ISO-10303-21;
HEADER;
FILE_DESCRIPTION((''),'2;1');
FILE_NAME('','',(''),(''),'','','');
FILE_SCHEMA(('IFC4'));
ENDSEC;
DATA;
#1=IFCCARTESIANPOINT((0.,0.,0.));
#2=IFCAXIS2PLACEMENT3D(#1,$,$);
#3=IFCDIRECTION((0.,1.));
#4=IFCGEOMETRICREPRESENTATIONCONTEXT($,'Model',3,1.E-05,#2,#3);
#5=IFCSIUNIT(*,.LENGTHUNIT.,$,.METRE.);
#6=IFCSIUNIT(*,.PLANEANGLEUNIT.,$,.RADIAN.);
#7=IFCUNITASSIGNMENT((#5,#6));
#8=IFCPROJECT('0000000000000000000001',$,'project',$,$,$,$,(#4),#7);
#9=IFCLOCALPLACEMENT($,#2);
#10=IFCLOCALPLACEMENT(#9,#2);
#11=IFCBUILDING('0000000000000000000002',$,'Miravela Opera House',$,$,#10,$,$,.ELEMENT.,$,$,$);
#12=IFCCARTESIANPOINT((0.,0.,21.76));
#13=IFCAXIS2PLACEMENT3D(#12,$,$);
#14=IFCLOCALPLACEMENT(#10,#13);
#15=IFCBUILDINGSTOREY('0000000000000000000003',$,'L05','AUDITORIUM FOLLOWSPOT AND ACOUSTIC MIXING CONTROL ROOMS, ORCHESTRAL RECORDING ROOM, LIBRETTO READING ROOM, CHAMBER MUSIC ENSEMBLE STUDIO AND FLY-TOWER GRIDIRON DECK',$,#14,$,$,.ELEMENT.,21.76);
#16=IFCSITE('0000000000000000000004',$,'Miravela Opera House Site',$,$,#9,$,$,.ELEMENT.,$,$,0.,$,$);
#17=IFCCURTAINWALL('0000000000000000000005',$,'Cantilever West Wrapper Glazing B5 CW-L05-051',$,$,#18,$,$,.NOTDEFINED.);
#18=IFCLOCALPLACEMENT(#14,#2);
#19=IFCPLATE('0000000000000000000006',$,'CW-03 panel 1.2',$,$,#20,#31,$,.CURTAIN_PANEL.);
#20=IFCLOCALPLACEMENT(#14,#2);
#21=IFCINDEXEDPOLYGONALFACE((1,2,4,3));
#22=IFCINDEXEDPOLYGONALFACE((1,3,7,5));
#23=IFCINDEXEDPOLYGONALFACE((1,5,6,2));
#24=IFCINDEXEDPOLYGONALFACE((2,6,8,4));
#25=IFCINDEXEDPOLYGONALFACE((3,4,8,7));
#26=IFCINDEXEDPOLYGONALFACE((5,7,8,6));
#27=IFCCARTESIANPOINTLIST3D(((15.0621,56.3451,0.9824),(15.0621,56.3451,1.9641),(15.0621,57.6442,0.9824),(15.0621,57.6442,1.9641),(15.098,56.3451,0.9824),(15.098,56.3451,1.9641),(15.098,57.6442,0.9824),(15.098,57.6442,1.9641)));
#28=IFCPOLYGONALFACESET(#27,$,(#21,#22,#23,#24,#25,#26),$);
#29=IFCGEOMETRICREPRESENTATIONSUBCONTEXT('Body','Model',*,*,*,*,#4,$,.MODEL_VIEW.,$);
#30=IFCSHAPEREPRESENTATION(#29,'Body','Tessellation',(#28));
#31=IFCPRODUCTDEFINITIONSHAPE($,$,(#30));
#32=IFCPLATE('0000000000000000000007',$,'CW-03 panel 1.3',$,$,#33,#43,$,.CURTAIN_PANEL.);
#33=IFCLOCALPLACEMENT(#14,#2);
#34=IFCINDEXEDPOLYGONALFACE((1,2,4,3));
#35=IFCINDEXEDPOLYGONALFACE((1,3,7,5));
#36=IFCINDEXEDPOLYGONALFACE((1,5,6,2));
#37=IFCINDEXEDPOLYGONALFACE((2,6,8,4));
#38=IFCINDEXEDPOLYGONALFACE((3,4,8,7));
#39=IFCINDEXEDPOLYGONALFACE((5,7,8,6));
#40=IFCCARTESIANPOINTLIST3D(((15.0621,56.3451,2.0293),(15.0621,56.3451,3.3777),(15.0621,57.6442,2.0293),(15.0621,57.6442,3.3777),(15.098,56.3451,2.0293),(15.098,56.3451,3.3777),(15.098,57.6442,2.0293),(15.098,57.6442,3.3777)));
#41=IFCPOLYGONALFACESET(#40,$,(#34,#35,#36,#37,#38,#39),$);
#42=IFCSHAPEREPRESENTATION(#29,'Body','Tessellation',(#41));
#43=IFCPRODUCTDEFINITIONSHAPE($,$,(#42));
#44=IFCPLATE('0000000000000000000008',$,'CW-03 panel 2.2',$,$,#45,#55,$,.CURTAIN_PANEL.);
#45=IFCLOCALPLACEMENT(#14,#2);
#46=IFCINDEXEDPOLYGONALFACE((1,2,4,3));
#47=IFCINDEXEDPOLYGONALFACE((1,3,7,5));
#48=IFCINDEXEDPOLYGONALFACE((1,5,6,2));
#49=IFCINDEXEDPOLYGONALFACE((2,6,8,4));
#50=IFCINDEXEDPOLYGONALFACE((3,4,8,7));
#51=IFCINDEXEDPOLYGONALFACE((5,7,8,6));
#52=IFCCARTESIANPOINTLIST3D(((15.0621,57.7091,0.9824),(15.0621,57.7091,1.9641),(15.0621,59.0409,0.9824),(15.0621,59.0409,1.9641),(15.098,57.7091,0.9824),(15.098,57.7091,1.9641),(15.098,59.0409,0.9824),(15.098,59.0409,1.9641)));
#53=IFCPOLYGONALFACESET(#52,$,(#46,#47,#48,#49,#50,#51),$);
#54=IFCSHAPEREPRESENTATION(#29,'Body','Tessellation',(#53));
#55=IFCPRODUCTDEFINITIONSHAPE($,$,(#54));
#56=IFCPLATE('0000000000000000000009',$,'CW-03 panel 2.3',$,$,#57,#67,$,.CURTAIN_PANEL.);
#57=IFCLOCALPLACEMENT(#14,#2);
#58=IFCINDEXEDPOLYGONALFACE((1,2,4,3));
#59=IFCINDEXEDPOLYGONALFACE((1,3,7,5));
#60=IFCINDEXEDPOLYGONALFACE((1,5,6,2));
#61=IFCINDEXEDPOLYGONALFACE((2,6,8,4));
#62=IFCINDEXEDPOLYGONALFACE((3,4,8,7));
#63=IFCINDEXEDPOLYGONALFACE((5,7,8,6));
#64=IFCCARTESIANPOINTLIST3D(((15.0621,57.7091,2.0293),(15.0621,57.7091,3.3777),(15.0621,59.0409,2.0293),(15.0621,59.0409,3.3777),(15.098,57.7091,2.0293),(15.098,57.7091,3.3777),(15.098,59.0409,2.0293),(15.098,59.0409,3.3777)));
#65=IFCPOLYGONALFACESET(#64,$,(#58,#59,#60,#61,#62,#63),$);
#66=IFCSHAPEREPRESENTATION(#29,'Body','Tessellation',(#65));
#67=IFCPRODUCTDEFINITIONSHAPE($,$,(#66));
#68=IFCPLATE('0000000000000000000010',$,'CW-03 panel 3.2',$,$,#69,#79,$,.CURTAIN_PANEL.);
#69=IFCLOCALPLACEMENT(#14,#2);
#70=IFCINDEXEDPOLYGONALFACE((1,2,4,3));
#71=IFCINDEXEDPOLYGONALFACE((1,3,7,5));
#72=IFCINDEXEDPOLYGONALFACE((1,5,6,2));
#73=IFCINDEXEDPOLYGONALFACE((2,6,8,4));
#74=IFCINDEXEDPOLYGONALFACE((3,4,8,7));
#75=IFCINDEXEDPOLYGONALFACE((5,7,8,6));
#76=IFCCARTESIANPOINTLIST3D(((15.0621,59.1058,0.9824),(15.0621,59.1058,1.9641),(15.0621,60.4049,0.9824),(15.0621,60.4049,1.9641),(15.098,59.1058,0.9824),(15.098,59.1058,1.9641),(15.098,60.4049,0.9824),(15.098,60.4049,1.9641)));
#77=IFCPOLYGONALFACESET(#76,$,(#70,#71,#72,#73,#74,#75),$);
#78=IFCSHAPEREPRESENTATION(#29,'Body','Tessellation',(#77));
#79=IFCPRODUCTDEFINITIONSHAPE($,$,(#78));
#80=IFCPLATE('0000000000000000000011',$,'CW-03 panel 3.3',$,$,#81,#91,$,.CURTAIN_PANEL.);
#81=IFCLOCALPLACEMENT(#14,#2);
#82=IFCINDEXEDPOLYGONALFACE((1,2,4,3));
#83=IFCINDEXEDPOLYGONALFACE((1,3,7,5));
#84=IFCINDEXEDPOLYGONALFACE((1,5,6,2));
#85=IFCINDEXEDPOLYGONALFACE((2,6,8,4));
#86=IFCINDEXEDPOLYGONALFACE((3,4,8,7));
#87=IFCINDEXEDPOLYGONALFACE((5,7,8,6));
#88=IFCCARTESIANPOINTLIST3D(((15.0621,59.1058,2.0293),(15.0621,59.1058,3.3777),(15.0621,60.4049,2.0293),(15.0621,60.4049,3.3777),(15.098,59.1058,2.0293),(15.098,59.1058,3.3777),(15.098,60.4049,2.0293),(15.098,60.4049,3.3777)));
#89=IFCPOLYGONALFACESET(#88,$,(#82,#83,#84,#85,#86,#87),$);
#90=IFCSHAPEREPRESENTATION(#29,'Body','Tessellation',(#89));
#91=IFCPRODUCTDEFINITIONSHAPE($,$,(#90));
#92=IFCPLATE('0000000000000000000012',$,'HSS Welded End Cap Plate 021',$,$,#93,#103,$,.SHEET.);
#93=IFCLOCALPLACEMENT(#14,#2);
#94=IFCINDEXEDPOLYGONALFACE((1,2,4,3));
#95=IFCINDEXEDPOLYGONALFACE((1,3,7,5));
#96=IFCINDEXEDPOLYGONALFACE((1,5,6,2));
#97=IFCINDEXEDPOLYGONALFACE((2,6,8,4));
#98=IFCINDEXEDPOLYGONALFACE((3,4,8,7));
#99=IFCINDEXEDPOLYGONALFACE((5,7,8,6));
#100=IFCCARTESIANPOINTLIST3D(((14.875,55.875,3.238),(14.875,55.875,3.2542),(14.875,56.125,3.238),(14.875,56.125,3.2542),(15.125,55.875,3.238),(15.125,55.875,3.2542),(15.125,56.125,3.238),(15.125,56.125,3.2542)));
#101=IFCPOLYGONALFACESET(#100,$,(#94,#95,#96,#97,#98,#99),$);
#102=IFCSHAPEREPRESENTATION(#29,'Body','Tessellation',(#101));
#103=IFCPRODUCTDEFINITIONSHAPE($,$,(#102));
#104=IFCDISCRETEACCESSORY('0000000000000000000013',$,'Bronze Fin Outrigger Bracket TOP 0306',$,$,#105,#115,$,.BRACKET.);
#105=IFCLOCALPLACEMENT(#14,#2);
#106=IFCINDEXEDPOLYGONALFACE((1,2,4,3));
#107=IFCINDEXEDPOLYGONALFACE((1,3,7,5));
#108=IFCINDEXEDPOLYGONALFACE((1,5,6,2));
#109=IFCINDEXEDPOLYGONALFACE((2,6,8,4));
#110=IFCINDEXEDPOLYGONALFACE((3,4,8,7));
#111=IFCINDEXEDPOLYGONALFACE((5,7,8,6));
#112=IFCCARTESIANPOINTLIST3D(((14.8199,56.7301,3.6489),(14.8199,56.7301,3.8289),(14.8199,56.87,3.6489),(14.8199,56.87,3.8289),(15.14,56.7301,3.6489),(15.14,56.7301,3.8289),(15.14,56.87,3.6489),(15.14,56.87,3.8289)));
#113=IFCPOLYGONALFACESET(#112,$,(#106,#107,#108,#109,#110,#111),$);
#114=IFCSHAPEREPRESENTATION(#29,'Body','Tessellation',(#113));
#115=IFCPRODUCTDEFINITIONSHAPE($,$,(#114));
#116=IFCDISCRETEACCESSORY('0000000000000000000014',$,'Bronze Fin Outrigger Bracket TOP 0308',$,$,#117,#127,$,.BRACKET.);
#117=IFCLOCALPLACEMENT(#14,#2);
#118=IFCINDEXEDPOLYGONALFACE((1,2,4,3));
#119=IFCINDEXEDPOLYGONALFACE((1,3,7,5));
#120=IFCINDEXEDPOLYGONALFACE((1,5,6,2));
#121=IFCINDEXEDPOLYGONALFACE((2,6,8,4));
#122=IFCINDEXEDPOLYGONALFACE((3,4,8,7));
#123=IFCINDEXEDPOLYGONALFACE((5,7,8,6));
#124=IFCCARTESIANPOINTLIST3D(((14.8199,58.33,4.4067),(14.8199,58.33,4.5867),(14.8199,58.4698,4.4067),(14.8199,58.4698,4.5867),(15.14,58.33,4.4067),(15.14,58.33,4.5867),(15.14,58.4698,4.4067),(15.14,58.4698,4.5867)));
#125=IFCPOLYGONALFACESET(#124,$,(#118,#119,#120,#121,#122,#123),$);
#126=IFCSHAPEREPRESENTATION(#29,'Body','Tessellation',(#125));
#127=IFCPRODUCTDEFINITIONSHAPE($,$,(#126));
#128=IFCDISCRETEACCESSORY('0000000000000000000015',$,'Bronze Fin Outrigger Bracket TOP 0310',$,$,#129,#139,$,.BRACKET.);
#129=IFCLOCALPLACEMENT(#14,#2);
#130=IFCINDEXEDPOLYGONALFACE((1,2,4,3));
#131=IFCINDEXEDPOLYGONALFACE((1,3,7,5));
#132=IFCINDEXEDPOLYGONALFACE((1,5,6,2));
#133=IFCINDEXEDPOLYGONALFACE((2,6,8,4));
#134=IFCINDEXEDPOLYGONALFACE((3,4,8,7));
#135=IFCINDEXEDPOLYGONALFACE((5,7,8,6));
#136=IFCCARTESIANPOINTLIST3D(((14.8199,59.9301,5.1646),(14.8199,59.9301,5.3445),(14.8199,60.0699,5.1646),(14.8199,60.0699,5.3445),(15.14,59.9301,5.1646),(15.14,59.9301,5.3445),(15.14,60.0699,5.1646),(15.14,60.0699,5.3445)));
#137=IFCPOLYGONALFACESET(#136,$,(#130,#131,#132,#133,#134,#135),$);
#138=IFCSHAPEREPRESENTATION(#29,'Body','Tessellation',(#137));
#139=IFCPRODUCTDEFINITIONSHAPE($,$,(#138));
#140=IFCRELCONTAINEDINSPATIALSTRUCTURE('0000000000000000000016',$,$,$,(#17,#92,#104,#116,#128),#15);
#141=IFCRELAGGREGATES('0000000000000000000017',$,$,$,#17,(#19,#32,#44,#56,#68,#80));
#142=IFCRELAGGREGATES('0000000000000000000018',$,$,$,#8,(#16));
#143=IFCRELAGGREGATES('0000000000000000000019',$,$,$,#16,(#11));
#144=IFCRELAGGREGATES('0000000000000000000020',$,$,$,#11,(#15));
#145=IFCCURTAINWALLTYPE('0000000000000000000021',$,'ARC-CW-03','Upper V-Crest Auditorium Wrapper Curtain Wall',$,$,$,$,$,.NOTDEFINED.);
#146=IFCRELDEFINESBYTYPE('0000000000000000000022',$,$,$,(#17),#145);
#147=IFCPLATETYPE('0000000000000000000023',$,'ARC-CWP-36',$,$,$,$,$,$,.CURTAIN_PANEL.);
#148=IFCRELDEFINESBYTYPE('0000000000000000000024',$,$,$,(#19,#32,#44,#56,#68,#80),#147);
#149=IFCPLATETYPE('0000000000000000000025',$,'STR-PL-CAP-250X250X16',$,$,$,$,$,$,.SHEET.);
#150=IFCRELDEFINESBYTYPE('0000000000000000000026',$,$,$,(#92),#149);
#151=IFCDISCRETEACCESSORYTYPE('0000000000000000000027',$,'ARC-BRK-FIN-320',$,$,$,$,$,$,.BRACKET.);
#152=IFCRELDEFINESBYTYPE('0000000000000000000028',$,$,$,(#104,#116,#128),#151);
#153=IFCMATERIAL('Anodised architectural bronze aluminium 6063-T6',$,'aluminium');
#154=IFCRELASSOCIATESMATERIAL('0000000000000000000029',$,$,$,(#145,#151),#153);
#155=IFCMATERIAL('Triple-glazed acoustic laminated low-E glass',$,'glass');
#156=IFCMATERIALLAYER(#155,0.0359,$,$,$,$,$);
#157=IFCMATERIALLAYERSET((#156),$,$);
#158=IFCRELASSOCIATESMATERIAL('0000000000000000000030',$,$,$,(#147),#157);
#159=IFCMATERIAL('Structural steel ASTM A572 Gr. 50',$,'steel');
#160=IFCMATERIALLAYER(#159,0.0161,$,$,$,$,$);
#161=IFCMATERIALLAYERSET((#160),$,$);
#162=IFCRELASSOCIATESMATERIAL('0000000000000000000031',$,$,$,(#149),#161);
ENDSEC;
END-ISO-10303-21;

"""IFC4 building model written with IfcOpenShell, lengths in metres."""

from ifc_helpers import new_model, si_unit, direction, frame, origin, origin_2d, place, context, subcontext, project, spatial, rectangle, extrude, material, layer, layer_set, type_object, element, aggregate, save


model = new_model("IFC4")

# Units and contexts
model_context = context("Model", 3, precision=1e-05, world=origin(), true_north=direction((0.0, 1.0)))
body_context = subcontext(model_context, "Body", "Model", "MODEL_VIEW")
ifc_project = project(units=[si_unit("LENGTHUNIT", "METRE"), si_unit("PLANEANGLEUNIT", "RADIAN")], contexts=[model_context])

# Site, building, storey
site_placement = place(None, origin())
site = spatial("IfcSite", under=ifc_project, at=site_placement, Name="Miravela Opera House Site", CompositionType="ELEMENT", RefElevation=0.0)
building_placement = place(site_placement, origin())
building = spatial("IfcBuilding", under=site, at=building_placement, Name="Miravela Opera House", CompositionType="ELEMENT")
storey_placement = place(building_placement, frame((0.0, 0.0, 21.76)))
storey = spatial("IfcBuildingStorey", under=building, at=storey_placement, Name="L05", Description="AUDITORIUM FOLLOWSPOT AND ACOUSTIC MIXING CONTROL ROOMS, ORCHESTRAL RECORDING ROOM, LIBRETTO READING ROOM, CHAMBER MUSIC ENSEMBLE STUDIO AND FLY-TOWER GRIDIRON DECK", CompositionType="ELEMENT", Elevation=21.76)

# Curtain wall
ifc_material_1 = material(Name="Anodised architectural bronze aluminium 6063-T6", Category="aluminium")
curtain_wall_type = type_object("IfcCurtainWallType", Name="ARC-CW-03", Description="Upper V-Crest Auditorium Wrapper Curtain Wall", PredefinedType="NOTDEFINED", material=ifc_material_1)
curtain_wall_1_placement = place(storey_placement, origin())
curtain_wall_1 = element("IfcCurtainWall", 1, at=curtain_wall_1_placement, inside=storey, type_object=curtain_wall_type, Name="Cantilever West Wrapper Glazing B5 CW-L05-051", PredefinedType="NOTDEFINED")

# Plates
ifc_material_2 = material(Name="Triple-glazed acoustic laminated low-E glass", Category="glass")
ifc_layer_1 = layer(ifc_material_2, 0.0359)
ifc_layer_set_1 = layer_set([ifc_layer_1])
plate_type_1 = type_object("IfcPlateType", Name="ARC-CWP-36", PredefinedType="CURTAIN_PANEL", material=ifc_layer_set_1)
plate_1_placement = place(storey_placement, frame((15.0801, 56.9946, 0.9824), z_axis=(0.0, 0.0, 1.0), x_axis=(0.0, 1.0, 0.0)))
plate_1 = element("IfcPlate", 2, at=plate_1_placement, type_object=plate_type_1, Name="CW-03 panel 1.2", PredefinedType="CURTAIN_PANEL", context=body_context, shape_type="SweptSolid", body=[
    extrude(rectangle(XDim=1.2991, YDim=0.0359, at=origin_2d()), origin(), (0.0, 0.0, 1.0), 0.9817),
])
plate_2_placement = place(storey_placement, frame((15.0801, 56.9946, 2.0293), z_axis=(0.0, 0.0, 1.0), x_axis=(0.0, 1.0, 0.0)))
plate_2 = element("IfcPlate", 3, at=plate_2_placement, type_object=plate_type_1, Name="CW-03 panel 1.3", PredefinedType="CURTAIN_PANEL", context=body_context, shape_type="SweptSolid", body=[
    extrude(rectangle(XDim=1.2991, YDim=0.0359, at=origin_2d()), origin(), (0.0, 0.0, 1.0), 1.3484),
])
plate_3_placement = place(storey_placement, frame((15.0801, 58.375, 0.9824), z_axis=(0.0, 0.0, 1.0), x_axis=(0.0, 1.0, 0.0)))
plate_3 = element("IfcPlate", 4, at=plate_3_placement, type_object=plate_type_1, Name="CW-03 panel 2.2", PredefinedType="CURTAIN_PANEL", context=body_context, shape_type="SweptSolid", body=[
    extrude(rectangle(XDim=1.3318, YDim=0.0359, at=origin_2d()), origin(), (0.0, 0.0, 1.0), 0.9817),
])
plate_4_placement = place(storey_placement, frame((15.0801, 58.375, 2.0293), z_axis=(0.0, 0.0, 1.0), x_axis=(0.0, 1.0, 0.0)))
plate_4 = element("IfcPlate", 5, at=plate_4_placement, type_object=plate_type_1, Name="CW-03 panel 2.3", PredefinedType="CURTAIN_PANEL", context=body_context, shape_type="SweptSolid", body=[
    extrude(rectangle(XDim=1.3318, YDim=0.0359, at=origin_2d()), origin(), (0.0, 0.0, 1.0), 1.3484),
])
plate_5_placement = place(storey_placement, frame((15.0801, 59.7554, 0.9824), z_axis=(0.0, 0.0, 1.0), x_axis=(0.0, 1.0, 0.0)))
plate_5 = element("IfcPlate", 6, at=plate_5_placement, type_object=plate_type_1, Name="CW-03 panel 3.2", PredefinedType="CURTAIN_PANEL", context=body_context, shape_type="SweptSolid", body=[
    extrude(rectangle(XDim=1.2991, YDim=0.0359, at=origin_2d()), origin(), (0.0, 0.0, 1.0), 0.9817),
])
plate_6_placement = place(storey_placement, frame((15.0801, 59.7554, 2.0293), z_axis=(0.0, 0.0, 1.0), x_axis=(0.0, 1.0, 0.0)))
plate_6 = element("IfcPlate", 7, at=plate_6_placement, type_object=plate_type_1, Name="CW-03 panel 3.3", PredefinedType="CURTAIN_PANEL", context=body_context, shape_type="SweptSolid", body=[
    extrude(rectangle(XDim=1.2991, YDim=0.0359, at=origin_2d()), origin(), (0.0, 0.0, 1.0), 1.3484),
])
aggregate(curtain_wall_1, [plate_1, plate_2, plate_3, plate_4, plate_5, plate_6])
ifc_material_3 = material(Name="Structural steel ASTM A572 Gr. 50", Category="steel")
ifc_layer_2 = layer(ifc_material_3, 0.0161)
ifc_layer_set_2 = layer_set([ifc_layer_2])
plate_type_2 = type_object("IfcPlateType", Name="STR-PL-CAP-250X250X16", PredefinedType="SHEET", material=ifc_layer_set_2)
plate_7_placement = place(storey_placement, frame((15.0, 56.0, 3.238), z_axis=(0.0, 0.0, 1.0), x_axis=(1.0, 0.0, 0.0)))
element("IfcPlate", 8, at=plate_7_placement, inside=storey, type_object=plate_type_2, Name="HSS Welded End Cap Plate 021", PredefinedType="SHEET", context=body_context, shape_type="SweptSolid", body=[
    extrude(rectangle(XDim=0.25, YDim=0.25, at=origin_2d()), origin(), (0.0, 0.0, 1.0), 0.0161),
])

# Discrete accessories
discrete_accessory_type = type_object("IfcDiscreteAccessoryType", Name="ARC-BRK-FIN-320", PredefinedType="BRACKET", material=ifc_material_1)
for number, where, z_axis, x_axis, name in (
    (9, (14.98, 56.8, 3.6489), (0.0, 0.0, 1.0), (1.0, 0.0, 0.0), "Bronze Fin Outrigger Bracket TOP 0306"),
    (10, (14.98, 58.3999, 4.4067), (0.0, 0.0, 1.0), (1.0, 0.0, 0.0), "Bronze Fin Outrigger Bracket TOP 0308"),
    (11, (14.98, 60.0, 5.1646), (0.0, 0.0, 1.0), (1.0, 0.0, 0.0), "Bronze Fin Outrigger Bracket TOP 0310"),
):
    element("IfcDiscreteAccessory", number, at=place(storey_placement, frame(where, z_axis=z_axis, x_axis=x_axis)), inside=storey, type_object=discrete_accessory_type, Name=name, PredefinedType="BRACKET", context=body_context, shape_type="SweptSolid", body=[
        extrude(rectangle(XDim=0.3201, YDim=0.1399, at=origin_2d()), origin(), (0.0, 0.0, 1.0), 0.1799),
    ])

save(model, "model.ifc")
